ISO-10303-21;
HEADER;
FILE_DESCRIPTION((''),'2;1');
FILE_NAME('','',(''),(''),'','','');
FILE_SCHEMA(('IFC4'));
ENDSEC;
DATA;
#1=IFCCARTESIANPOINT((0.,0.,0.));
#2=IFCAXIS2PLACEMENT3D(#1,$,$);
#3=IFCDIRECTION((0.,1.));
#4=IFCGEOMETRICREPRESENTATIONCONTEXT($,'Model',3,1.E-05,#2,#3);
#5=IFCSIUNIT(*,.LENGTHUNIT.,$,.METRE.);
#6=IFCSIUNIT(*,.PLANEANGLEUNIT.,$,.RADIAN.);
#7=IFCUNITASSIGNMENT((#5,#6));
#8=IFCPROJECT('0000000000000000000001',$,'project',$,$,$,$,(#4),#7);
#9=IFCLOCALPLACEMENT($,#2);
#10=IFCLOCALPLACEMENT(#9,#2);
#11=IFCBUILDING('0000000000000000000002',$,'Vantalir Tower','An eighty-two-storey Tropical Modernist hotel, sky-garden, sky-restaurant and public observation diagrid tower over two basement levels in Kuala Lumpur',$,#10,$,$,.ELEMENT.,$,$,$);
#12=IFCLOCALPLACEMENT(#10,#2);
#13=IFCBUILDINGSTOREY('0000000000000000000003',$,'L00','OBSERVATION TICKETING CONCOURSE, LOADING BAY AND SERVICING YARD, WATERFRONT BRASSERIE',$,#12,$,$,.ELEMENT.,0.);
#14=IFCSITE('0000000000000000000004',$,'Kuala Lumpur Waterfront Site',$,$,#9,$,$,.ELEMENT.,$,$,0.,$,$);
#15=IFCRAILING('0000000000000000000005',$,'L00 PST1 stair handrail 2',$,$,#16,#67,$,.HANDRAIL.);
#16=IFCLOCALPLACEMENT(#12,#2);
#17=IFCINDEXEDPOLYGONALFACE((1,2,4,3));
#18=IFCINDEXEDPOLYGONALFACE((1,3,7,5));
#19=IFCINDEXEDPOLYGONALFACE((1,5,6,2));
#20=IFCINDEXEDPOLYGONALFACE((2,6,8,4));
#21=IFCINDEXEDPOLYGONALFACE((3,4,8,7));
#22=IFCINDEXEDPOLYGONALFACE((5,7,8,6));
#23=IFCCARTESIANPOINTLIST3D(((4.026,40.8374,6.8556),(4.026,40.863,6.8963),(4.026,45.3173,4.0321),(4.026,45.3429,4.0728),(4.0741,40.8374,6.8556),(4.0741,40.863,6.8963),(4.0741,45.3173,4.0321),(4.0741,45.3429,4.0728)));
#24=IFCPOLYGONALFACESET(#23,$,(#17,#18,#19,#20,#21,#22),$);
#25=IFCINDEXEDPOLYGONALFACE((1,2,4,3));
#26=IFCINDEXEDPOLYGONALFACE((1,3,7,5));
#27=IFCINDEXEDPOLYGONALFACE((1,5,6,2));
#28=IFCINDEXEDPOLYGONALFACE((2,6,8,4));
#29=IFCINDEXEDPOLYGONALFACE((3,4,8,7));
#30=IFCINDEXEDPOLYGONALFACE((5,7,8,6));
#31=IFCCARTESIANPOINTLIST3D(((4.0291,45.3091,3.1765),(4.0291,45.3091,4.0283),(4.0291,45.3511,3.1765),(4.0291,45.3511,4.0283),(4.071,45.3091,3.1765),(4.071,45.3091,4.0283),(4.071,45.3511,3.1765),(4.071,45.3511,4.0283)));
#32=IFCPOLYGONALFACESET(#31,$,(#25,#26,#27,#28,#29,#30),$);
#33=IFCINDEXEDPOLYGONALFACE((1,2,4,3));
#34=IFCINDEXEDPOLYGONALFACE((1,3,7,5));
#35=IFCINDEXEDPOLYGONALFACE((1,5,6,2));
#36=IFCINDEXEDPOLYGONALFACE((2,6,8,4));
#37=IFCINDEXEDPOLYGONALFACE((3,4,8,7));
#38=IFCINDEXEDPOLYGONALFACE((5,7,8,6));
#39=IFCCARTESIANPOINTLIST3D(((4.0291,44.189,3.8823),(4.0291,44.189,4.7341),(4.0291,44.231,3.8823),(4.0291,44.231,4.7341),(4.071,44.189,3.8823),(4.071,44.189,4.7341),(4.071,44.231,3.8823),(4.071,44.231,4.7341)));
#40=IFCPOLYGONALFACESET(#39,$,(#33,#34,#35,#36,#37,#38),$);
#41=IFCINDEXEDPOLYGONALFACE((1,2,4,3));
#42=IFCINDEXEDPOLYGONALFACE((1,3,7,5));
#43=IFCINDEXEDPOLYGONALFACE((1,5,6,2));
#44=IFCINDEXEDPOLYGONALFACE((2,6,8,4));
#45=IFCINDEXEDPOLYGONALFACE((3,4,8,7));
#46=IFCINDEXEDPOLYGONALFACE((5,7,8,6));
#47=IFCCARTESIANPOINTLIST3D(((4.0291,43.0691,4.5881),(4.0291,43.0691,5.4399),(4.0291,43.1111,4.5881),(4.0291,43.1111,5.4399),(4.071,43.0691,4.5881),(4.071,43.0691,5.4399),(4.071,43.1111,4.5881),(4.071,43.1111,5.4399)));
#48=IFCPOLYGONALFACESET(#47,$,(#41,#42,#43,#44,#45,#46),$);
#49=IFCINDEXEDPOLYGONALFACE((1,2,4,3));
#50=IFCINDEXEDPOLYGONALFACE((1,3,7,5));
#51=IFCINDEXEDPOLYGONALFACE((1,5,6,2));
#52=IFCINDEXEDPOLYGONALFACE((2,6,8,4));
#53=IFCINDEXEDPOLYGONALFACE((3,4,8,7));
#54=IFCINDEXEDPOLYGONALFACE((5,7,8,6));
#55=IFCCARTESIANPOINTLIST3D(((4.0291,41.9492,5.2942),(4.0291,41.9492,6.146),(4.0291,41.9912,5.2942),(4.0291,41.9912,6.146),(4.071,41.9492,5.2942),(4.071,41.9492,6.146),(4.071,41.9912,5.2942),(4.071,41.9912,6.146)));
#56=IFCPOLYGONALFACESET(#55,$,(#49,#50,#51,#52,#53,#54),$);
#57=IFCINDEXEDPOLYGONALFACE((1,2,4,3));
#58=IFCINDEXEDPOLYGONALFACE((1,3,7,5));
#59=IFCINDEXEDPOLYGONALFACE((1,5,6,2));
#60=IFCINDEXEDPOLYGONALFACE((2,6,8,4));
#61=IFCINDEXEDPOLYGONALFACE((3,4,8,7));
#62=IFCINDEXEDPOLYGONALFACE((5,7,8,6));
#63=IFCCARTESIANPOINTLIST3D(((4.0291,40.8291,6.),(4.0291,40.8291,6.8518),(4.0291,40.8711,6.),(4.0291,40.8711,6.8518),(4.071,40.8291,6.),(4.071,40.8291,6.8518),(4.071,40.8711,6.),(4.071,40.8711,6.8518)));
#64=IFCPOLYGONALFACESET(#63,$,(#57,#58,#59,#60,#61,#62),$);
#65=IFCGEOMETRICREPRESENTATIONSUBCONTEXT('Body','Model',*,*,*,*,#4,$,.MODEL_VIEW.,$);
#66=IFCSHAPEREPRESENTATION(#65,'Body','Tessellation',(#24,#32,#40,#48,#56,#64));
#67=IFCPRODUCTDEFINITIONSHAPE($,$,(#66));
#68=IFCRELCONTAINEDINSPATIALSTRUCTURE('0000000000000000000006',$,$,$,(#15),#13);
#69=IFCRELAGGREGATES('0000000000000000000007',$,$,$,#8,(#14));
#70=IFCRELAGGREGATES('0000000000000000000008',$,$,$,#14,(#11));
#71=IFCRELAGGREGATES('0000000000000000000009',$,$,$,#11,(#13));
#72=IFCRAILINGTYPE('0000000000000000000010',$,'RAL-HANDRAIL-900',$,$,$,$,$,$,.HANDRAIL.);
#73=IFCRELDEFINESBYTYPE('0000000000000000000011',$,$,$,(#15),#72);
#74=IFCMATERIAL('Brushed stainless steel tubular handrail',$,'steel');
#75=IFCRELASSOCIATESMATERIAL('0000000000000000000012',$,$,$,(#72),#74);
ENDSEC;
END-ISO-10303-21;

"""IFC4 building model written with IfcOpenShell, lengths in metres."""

from ifc_helpers import new_model, si_unit, direction, frame, origin, origin_2d, place, context, subcontext, project, spatial, rectangle, extrude, material, type_object, element, save


model = new_model("IFC4")

# Units and contexts
model_context = context("Model", 3, precision=1e-05, world=origin(), true_north=direction((0.0, 1.0)))
body_context = subcontext(model_context, "Body", "Model", "MODEL_VIEW")
ifc_project = project(units=[si_unit("LENGTHUNIT", "METRE"), si_unit("PLANEANGLEUNIT", "RADIAN")], contexts=[model_context])

# Site, building, storey
site_placement = place(None, origin())
site = spatial("IfcSite", under=ifc_project, at=site_placement, Name="Kuala Lumpur Waterfront Site", CompositionType="ELEMENT", RefElevation=0.0)
building_placement = place(site_placement, origin())
building = spatial("IfcBuilding", under=site, at=building_placement, Name="Vantalir Tower", Description="An eighty-two-storey Tropical Modernist hotel, sky-garden, sky-restaurant and public observation diagrid tower over two basement levels in Kuala Lumpur", CompositionType="ELEMENT")
storey_placement = place(building_placement, origin())
storey = spatial("IfcBuildingStorey", under=building, at=storey_placement, Name="L00", Description="OBSERVATION TICKETING CONCOURSE, LOADING BAY AND SERVICING YARD, WATERFRONT BRASSERIE", CompositionType="ELEMENT", Elevation=0.0)

# Railing
ifc_material_1 = material(Name="Brushed stainless steel tubular handrail", Category="steel")
railing_type_1 = type_object("IfcRailingType", Name="RAL-HANDRAIL-900", PredefinedType="HANDRAIL", material=ifc_material_1)
railing_1_placement = place(storey_placement, frame((4.05, 45.3301, 3.1765)))
element("IfcRailing", 1, at=railing_1_placement, inside=storey, type_object=railing_type_1, Name="L00 PST1 stair handrail 2", PredefinedType="HANDRAIL", context=body_context, shape_type="SweptSolid", body=[
    extrude(rectangle(XDim=0.0481, YDim=0.0481, at=origin_2d()), frame((0.0, 0.0, 0.876), z_axis=(0.0, -0.845998, 0.533186), x_axis=(1.0, 0.0, 0.0)), (0.0, 0.0, 1.0), 5.2954),
    extrude(rectangle(XDim=0.042, YDim=0.042, at=origin_2d()), origin(), (0.0, 0.0, 1.0), 0.8518),
    extrude(rectangle(XDim=0.042, YDim=0.042, at=origin_2d()), frame((0.0, -1.1201, 0.7058)), (0.0, 0.0, 1.0), 0.8518),
    extrude(rectangle(XDim=0.042, YDim=0.042, at=origin_2d()), frame((0.0, -2.24, 1.4116)), (0.0, 0.0, 1.0), 0.8518),
    extrude(rectangle(XDim=0.042, YDim=0.042, at=origin_2d()), frame((0.0, -3.3599, 2.1177)), (0.0, 0.0, 1.0), 0.8518),
    extrude(rectangle(XDim=0.042, YDim=0.042, at=origin_2d()), frame((0.0, -4.48, 2.8235)), (0.0, 0.0, 1.0), 0.8518),
])

save(model, "model.ifc")
